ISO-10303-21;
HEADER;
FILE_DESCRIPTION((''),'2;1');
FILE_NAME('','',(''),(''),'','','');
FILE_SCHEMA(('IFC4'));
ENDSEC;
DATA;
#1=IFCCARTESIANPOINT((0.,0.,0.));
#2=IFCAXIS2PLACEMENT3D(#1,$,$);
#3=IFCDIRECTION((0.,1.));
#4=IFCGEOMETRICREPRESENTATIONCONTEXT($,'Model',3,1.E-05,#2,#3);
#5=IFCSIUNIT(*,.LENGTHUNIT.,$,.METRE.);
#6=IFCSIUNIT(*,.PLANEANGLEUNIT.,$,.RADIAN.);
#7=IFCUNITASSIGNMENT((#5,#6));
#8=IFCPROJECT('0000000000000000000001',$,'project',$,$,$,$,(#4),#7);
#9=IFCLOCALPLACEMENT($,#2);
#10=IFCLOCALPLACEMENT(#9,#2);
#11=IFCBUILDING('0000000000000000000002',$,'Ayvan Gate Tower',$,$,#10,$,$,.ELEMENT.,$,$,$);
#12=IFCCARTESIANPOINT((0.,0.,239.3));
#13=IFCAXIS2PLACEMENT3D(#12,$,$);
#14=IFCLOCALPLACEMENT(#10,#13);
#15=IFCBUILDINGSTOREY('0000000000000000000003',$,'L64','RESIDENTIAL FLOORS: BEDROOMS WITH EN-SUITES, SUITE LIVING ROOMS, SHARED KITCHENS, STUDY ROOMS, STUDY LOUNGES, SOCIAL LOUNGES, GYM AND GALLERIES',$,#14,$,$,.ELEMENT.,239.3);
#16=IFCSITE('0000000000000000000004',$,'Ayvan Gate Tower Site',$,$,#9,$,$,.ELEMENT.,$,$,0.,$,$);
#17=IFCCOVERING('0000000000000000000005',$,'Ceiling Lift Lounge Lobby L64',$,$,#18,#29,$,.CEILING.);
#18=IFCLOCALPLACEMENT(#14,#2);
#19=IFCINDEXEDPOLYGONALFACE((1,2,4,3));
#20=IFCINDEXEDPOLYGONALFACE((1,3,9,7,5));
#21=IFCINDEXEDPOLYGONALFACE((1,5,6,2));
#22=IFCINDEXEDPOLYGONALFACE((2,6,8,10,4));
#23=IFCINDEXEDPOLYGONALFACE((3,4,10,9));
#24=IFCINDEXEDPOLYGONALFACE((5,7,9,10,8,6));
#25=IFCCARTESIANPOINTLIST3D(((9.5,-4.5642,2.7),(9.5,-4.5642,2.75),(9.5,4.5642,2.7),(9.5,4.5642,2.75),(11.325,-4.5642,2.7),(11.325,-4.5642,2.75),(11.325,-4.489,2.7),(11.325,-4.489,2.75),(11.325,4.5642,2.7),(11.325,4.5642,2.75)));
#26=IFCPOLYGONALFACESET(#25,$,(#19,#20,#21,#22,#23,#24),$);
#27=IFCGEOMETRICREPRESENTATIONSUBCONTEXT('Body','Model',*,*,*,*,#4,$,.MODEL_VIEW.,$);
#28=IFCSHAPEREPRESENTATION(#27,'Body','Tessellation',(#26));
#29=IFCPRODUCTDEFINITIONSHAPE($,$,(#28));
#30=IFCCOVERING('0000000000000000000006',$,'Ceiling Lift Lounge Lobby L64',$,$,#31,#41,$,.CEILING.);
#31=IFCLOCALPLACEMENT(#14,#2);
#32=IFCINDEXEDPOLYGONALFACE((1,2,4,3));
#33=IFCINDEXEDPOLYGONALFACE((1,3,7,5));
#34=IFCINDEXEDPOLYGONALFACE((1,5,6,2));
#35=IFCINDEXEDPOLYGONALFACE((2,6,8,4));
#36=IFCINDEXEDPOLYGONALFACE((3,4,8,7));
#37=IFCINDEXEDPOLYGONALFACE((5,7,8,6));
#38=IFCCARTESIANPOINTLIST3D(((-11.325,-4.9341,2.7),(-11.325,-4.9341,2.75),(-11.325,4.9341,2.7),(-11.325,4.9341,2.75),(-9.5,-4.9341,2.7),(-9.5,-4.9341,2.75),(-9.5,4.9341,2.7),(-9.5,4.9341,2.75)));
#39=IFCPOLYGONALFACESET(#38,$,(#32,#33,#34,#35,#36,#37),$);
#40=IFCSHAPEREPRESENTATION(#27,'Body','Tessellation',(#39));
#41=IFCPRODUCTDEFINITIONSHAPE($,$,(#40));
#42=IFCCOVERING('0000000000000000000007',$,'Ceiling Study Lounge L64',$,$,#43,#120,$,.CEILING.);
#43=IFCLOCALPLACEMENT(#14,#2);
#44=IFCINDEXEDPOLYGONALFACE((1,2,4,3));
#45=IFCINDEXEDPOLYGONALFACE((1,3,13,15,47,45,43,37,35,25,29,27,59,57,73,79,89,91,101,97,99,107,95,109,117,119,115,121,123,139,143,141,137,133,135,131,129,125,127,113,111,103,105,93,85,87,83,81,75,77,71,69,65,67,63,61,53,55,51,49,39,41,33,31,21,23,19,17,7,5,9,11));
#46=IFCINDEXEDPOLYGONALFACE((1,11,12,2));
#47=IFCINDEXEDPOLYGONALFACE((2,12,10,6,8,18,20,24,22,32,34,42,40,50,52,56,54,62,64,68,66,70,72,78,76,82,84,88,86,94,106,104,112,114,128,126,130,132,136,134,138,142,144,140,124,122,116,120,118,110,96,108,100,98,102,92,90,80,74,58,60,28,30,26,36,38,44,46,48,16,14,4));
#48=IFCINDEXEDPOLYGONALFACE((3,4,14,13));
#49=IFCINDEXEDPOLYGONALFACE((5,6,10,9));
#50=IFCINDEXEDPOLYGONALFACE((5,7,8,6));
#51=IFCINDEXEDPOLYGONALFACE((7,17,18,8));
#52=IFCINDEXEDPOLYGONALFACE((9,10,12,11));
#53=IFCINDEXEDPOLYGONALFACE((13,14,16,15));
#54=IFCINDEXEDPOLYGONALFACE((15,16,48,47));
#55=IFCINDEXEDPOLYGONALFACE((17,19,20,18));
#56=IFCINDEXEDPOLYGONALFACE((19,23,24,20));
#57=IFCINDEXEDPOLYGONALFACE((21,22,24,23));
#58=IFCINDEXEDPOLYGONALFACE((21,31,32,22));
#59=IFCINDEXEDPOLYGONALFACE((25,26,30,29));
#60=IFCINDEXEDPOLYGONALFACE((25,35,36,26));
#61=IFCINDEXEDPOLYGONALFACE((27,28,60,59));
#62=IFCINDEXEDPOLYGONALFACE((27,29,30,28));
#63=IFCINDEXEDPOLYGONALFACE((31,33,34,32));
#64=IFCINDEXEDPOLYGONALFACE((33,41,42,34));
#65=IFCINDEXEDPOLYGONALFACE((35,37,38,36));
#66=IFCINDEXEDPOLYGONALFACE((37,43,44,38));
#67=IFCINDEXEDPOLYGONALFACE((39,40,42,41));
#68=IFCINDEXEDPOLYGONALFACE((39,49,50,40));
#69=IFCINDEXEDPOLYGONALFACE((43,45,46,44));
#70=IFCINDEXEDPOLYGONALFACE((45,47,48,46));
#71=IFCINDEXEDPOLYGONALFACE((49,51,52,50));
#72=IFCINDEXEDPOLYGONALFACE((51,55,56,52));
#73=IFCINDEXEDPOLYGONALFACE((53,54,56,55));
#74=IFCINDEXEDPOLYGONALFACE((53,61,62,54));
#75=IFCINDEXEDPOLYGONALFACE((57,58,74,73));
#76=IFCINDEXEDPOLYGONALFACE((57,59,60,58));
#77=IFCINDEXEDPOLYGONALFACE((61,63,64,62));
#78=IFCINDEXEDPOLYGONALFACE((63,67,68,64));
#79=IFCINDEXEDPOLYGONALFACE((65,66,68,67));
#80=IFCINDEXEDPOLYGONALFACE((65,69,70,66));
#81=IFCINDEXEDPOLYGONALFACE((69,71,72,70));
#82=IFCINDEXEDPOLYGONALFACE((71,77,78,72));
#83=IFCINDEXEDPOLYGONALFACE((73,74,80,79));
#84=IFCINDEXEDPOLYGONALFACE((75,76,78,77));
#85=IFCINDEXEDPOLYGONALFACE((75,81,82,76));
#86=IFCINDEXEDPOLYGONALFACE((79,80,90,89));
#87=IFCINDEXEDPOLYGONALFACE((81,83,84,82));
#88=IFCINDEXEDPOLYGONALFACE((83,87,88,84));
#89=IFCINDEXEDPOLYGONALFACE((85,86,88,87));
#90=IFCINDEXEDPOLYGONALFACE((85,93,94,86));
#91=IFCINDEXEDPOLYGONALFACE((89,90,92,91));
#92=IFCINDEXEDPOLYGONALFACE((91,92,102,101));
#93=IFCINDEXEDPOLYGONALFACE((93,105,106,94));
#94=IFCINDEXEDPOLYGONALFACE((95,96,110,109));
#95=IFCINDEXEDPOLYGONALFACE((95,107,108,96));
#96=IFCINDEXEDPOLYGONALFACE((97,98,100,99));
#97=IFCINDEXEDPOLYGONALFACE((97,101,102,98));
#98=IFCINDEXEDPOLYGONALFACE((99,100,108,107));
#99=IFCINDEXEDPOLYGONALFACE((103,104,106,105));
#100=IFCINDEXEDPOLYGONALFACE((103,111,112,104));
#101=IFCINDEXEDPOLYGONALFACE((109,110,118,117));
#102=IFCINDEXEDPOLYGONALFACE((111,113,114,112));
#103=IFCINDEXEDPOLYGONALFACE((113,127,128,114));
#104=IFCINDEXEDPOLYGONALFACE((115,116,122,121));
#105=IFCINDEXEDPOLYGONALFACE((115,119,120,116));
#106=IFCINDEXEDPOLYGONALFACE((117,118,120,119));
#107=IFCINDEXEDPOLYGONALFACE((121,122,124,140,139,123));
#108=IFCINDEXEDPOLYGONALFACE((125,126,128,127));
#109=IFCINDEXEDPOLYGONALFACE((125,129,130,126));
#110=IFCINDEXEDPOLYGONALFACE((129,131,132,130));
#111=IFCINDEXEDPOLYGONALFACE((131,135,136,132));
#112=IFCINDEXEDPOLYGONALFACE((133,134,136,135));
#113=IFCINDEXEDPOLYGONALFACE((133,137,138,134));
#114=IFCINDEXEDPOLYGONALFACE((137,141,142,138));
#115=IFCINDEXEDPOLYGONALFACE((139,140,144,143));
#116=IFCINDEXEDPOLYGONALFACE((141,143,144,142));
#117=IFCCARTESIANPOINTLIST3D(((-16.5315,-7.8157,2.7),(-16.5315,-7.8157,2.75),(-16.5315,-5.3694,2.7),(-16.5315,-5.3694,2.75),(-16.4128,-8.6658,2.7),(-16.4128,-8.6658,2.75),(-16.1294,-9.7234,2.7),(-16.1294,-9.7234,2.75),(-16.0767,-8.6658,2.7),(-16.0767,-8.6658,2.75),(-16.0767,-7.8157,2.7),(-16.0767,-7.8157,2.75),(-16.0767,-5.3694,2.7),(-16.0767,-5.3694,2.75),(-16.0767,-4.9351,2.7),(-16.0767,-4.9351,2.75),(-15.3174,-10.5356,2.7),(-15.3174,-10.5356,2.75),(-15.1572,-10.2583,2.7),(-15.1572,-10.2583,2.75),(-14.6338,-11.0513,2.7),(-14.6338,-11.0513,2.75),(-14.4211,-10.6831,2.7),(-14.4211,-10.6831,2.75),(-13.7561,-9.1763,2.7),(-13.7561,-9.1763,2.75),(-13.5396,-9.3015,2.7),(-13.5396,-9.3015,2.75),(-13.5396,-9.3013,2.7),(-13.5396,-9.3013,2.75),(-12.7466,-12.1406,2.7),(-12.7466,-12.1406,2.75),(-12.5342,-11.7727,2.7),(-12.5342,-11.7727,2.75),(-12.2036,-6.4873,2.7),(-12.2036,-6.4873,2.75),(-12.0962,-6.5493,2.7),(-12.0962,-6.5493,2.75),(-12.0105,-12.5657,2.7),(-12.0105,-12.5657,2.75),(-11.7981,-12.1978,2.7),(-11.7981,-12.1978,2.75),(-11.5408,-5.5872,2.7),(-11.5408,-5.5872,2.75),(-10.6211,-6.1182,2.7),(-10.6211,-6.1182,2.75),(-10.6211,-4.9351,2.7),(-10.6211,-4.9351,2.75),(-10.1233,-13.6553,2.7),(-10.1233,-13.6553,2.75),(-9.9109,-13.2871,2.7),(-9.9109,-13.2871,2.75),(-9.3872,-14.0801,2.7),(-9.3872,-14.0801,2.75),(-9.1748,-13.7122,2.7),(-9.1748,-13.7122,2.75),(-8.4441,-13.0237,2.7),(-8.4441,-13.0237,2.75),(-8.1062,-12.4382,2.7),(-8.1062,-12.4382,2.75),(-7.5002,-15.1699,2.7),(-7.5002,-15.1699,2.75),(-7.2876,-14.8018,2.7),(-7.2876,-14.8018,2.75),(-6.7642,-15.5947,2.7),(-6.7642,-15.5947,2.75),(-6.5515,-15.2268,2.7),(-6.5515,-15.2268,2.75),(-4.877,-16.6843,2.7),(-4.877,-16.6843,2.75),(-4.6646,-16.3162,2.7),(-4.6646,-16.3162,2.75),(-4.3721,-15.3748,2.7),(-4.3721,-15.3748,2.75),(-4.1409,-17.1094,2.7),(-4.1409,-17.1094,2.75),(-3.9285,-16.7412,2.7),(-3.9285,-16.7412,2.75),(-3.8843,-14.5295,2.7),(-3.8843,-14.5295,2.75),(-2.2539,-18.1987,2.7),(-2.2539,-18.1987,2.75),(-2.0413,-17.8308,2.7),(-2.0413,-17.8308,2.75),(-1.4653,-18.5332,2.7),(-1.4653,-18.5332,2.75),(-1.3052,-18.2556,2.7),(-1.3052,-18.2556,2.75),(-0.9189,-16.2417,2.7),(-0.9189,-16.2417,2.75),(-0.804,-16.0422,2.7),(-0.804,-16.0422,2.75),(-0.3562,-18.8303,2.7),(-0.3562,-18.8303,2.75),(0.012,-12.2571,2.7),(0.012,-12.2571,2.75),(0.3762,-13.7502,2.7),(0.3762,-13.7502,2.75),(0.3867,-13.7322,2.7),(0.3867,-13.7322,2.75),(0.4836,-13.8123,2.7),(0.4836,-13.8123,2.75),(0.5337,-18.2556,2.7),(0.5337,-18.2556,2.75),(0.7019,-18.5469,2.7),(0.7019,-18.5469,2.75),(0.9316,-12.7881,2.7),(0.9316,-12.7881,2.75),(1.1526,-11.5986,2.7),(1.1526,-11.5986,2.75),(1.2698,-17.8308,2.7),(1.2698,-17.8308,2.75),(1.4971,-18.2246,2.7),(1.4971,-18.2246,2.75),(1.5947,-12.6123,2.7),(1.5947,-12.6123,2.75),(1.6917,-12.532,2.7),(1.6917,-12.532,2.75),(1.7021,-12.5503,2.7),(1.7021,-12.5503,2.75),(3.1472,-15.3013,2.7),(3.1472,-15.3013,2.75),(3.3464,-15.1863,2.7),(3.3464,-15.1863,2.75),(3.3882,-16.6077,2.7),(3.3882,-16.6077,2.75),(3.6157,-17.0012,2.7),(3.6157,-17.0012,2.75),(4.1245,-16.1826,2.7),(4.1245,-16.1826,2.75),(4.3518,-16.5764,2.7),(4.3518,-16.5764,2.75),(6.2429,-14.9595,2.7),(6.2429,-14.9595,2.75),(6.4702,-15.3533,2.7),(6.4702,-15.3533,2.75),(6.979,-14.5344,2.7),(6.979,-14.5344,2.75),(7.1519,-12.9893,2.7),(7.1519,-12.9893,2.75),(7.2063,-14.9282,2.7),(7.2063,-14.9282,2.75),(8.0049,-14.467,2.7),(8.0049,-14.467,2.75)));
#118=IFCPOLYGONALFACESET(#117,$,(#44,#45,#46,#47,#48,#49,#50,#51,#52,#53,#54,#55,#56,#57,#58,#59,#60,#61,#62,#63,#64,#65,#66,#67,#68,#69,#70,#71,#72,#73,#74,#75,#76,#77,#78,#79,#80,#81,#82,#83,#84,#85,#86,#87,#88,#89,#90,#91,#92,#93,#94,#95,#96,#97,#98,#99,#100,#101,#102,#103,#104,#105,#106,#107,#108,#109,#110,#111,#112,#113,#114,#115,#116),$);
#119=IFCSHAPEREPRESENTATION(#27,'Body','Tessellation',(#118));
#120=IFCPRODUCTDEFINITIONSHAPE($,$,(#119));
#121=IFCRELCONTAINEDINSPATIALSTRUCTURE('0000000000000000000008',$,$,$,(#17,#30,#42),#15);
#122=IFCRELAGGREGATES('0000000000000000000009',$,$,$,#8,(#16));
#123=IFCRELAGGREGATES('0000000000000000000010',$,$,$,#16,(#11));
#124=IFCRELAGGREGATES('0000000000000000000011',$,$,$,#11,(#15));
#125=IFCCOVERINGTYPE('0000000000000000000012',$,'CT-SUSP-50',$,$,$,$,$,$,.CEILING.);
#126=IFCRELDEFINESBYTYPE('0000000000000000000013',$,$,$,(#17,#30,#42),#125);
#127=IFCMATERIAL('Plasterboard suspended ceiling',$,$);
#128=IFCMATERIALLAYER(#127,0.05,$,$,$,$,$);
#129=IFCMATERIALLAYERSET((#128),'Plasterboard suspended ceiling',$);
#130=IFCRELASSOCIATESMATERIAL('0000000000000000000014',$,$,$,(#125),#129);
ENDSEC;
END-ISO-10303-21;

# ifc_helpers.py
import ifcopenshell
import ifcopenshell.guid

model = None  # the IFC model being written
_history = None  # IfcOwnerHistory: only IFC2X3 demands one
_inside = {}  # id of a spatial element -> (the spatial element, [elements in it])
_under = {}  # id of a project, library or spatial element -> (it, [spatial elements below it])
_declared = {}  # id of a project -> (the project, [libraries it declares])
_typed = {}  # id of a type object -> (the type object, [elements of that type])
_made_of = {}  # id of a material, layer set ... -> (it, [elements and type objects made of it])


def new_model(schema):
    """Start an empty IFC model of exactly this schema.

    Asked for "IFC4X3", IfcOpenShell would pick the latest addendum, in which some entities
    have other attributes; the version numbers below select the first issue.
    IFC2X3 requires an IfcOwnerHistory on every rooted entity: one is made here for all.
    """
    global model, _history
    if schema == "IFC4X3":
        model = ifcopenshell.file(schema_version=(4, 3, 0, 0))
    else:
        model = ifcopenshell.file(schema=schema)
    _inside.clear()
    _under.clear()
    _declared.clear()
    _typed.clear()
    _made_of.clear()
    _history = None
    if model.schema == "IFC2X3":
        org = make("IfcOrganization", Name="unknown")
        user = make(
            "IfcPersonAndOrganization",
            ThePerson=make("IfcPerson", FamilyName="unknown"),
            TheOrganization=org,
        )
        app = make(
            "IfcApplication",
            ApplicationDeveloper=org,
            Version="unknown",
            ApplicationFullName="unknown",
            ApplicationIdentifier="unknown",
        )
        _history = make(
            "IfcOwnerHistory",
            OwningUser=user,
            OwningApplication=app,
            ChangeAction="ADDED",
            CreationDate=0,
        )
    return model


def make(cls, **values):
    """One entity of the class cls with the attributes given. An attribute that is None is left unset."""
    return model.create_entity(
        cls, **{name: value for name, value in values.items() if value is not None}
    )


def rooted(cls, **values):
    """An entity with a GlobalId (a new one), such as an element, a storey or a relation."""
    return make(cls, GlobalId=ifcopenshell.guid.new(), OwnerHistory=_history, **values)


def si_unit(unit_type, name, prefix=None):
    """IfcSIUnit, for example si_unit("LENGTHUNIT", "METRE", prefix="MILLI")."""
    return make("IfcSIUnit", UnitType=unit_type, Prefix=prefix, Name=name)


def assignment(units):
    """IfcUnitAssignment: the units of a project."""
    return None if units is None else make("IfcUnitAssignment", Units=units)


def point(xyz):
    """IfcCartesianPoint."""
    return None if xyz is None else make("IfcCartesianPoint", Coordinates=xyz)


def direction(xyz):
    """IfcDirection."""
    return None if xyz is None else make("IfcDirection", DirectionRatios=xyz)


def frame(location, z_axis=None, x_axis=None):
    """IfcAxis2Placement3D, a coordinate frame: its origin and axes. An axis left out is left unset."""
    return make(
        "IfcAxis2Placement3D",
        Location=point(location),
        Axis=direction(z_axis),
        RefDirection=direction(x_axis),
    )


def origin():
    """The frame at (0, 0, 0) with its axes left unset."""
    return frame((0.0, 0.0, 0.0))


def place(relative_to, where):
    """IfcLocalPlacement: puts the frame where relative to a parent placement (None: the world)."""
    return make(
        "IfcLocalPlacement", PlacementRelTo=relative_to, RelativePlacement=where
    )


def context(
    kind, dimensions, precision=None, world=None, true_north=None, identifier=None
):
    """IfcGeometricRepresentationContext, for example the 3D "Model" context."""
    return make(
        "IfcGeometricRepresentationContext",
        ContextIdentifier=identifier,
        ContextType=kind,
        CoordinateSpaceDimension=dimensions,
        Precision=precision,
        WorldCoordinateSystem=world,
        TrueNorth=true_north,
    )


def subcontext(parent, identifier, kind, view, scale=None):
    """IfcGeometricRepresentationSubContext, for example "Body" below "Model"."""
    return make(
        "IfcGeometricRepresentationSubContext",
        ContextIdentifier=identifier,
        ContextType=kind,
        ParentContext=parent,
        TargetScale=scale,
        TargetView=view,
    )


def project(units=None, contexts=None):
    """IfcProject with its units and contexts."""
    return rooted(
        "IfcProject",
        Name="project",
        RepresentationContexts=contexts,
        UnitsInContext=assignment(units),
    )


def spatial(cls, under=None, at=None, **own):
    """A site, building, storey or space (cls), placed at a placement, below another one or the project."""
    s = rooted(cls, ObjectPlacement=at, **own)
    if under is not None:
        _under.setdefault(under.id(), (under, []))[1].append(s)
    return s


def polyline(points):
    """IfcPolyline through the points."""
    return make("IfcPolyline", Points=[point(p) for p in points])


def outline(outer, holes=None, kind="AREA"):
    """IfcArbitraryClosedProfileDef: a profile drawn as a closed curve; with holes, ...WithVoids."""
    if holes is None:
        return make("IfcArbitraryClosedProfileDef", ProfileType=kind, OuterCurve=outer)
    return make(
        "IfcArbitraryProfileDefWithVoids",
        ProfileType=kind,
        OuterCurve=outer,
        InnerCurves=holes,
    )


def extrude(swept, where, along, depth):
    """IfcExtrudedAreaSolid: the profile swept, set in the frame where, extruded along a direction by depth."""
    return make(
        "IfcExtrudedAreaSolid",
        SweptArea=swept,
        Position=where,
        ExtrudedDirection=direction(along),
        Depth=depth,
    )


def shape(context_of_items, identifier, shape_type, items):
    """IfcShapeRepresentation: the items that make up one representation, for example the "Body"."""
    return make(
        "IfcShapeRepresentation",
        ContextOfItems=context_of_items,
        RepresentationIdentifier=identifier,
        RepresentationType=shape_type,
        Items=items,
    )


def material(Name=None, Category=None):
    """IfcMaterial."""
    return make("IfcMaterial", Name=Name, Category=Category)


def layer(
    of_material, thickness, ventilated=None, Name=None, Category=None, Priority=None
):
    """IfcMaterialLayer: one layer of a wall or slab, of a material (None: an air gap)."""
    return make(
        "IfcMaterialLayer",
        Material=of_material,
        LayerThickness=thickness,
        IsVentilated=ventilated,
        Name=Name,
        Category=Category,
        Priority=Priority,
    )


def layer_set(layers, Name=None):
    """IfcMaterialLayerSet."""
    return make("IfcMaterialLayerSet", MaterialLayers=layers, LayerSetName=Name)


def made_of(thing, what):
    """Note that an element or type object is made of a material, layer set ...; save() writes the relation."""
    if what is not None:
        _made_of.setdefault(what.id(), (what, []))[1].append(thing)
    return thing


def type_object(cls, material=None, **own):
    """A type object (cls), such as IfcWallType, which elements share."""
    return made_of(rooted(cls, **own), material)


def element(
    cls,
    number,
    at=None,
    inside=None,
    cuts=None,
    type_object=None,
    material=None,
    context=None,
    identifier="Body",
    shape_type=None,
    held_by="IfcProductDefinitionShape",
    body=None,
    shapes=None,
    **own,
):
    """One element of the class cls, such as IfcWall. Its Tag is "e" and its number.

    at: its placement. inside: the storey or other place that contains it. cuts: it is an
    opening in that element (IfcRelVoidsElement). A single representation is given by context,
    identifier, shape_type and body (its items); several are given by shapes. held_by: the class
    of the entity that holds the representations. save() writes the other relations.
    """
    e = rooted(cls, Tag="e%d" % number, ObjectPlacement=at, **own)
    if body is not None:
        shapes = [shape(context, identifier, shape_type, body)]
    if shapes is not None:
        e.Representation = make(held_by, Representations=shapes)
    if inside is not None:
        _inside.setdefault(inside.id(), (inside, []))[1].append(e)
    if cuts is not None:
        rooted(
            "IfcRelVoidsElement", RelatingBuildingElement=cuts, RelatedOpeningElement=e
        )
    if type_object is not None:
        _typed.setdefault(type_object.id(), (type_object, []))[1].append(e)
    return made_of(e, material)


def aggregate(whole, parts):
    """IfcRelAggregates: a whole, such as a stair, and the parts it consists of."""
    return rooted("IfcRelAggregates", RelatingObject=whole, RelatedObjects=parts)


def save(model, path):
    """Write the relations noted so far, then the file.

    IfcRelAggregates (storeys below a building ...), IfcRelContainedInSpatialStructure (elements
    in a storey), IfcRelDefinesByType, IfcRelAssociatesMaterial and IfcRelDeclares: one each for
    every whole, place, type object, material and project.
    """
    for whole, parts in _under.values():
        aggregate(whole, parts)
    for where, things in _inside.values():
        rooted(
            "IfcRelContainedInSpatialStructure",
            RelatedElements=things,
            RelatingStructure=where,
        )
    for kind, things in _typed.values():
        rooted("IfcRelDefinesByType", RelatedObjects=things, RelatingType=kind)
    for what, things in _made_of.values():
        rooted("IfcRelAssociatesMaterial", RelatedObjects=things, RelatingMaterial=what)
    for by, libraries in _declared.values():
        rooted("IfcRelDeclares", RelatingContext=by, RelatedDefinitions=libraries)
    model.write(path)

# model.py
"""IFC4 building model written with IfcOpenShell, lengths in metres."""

from ifc_helpers import new_model, si_unit, direction, frame, origin, place, context, subcontext, project, spatial, polyline, outline, extrude, material, layer, layer_set, type_object, element, save


model = new_model("IFC4")

# Units and contexts
model_context = context("Model", 3, precision=1e-05, world=origin(), true_north=direction((0.0, 1.0)))
body_context = subcontext(model_context, "Body", "Model", "MODEL_VIEW")
ifc_project = project(units=[si_unit("LENGTHUNIT", "METRE"), si_unit("PLANEANGLEUNIT", "RADIAN")], contexts=[model_context])

# Site, building, storey
site_placement = place(None, origin())
site = spatial("IfcSite", under=ifc_project, at=site_placement, Name="Ayvan Gate Tower Site", CompositionType="ELEMENT", RefElevation=0.0)
building_placement = place(site_placement, origin())
building = spatial("IfcBuilding", under=site, at=building_placement, Name="Ayvan Gate Tower", CompositionType="ELEMENT")
storey_placement = place(building_placement, frame((0.0, 0.0, 239.3)))
storey = spatial("IfcBuildingStorey", under=building, at=storey_placement, Name="L64", Description="RESIDENTIAL FLOORS: BEDROOMS WITH EN-SUITES, SUITE LIVING ROOMS, SHARED KITCHENS, STUDY ROOMS, STUDY LOUNGES, SOCIAL LOUNGES, GYM AND GALLERIES", CompositionType="ELEMENT", Elevation=239.3)

# Coverings
ifc_material_1 = material(Name="Plasterboard suspended ceiling")
ifc_layer_1 = layer(ifc_material_1, 0.05)
ifc_layer_set_1 = layer_set([ifc_layer_1], Name="Plasterboard suspended ceiling")
covering_type = type_object("IfcCoveringType", Name="CT-SUSP-50", PredefinedType="CEILING", material=ifc_layer_set_1)
covering_1_placement = place(storey_placement, frame((0.0, 0.0, 2.7)))
element("IfcCovering", 1, at=covering_1_placement, inside=storey, type_object=covering_type, Name="Ceiling Lift Lounge Lobby L64", PredefinedType="CEILING", context=body_context, shape_type="SweptSolid", body=[
    extrude(outline(polyline([(11.325, -4.5642), (9.5, -4.5642), (9.5, 4.5642), (11.325, 4.5642), (11.325, -4.489), (11.325, -4.489), (11.325, -4.5642)])), origin(), (0.0, 0.0, 1.0), 0.05),
])
covering_2_placement = place(storey_placement, frame((0.0, 0.0, 2.7)))
element("IfcCovering", 2, at=covering_2_placement, inside=storey, type_object=covering_type, Name="Ceiling Lift Lounge Lobby L64", PredefinedType="CEILING", context=body_context, shape_type="SweptSolid", body=[
    extrude(outline(polyline([(-11.325, 4.9341), (-9.5, 4.9341), (-9.5, -4.9341), (-11.325, -4.9341), (-11.325, 4.9341)])), origin(), (0.0, 0.0, 1.0), 0.05),
])
covering_3_placement = place(storey_placement, frame((0.0, 0.0, 2.7)))
element("IfcCovering", 3, at=covering_3_placement, inside=storey, type_object=covering_type, Name="Ceiling Study Lounge L64", PredefinedType="CEILING", context=body_context, shape_type="SweptSolid", body=[
    extrude(outline(polyline([(-13.5396, -9.3015), (-8.1062, -12.4382), (-8.4441, -13.0237), (-4.3721, -15.3748), (-3.8843, -14.5295), (-0.9189, -16.2417), (-0.804, -16.0422), (0.4836, -13.8123), (0.3762, -13.7502), (0.3867, -13.7322), (0.9316, -12.7881), (0.012, -12.2571), (1.1526, -11.5986), (1.6917, -12.532), (1.7021, -12.5503), (1.5947, -12.6123), (3.1472, -15.3013), (3.3464, -15.1863), (7.1519, -12.9893), (8.0049, -14.467), (7.2063, -14.9282), (6.979, -14.5344), (6.2429, -14.9595), (6.4702, -15.3533), (4.3518, -16.5764), (4.1245, -16.1826), (3.3882, -16.6077), (3.6157, -17.0012), (1.4971, -18.2246), (1.2698, -17.8308), (0.5337, -18.2556), (0.7019, -18.5469), (-0.3562, -18.8303), (-1.4653, -18.5332), (-1.3052, -18.2556), (-2.0413, -17.8308), (-2.2539, -18.1987), (-4.1409, -17.1094), (-3.9285, -16.7412), (-4.6646, -16.3162), (-4.877, -16.6843), (-6.7642, -15.5947), (-6.5515, -15.2268), (-7.2876, -14.8018), (-7.5002, -15.1699), (-9.3872, -14.0801), (-9.1748, -13.7122), (-9.9109, -13.2871), (-10.1233, -13.6553), (-12.0105, -12.5657), (-11.7981, -12.1978), (-12.5342, -11.7727), (-12.7466, -12.1406), (-14.6338, -11.0513), (-14.4211, -10.6831), (-15.1572, -10.2583), (-15.3174, -10.5356), (-16.1294, -9.7234), (-16.4128, -8.6658), (-16.0767, -8.6658), (-16.0767, -7.8157), (-16.5315, -7.8157), (-16.5315, -5.3694), (-16.0767, -5.3694), (-16.0767, -4.9351), (-10.6211, -4.9351), (-10.6211, -6.1182), (-11.5408, -5.5872), (-12.0962, -6.5493), (-12.2036, -6.4873), (-13.7561, -9.1763), (-13.5396, -9.3013), (-13.5396, -9.3015)])), origin(), (0.0, 0.0, 1.0), 0.05),
])

save(model, "model.ifc")
